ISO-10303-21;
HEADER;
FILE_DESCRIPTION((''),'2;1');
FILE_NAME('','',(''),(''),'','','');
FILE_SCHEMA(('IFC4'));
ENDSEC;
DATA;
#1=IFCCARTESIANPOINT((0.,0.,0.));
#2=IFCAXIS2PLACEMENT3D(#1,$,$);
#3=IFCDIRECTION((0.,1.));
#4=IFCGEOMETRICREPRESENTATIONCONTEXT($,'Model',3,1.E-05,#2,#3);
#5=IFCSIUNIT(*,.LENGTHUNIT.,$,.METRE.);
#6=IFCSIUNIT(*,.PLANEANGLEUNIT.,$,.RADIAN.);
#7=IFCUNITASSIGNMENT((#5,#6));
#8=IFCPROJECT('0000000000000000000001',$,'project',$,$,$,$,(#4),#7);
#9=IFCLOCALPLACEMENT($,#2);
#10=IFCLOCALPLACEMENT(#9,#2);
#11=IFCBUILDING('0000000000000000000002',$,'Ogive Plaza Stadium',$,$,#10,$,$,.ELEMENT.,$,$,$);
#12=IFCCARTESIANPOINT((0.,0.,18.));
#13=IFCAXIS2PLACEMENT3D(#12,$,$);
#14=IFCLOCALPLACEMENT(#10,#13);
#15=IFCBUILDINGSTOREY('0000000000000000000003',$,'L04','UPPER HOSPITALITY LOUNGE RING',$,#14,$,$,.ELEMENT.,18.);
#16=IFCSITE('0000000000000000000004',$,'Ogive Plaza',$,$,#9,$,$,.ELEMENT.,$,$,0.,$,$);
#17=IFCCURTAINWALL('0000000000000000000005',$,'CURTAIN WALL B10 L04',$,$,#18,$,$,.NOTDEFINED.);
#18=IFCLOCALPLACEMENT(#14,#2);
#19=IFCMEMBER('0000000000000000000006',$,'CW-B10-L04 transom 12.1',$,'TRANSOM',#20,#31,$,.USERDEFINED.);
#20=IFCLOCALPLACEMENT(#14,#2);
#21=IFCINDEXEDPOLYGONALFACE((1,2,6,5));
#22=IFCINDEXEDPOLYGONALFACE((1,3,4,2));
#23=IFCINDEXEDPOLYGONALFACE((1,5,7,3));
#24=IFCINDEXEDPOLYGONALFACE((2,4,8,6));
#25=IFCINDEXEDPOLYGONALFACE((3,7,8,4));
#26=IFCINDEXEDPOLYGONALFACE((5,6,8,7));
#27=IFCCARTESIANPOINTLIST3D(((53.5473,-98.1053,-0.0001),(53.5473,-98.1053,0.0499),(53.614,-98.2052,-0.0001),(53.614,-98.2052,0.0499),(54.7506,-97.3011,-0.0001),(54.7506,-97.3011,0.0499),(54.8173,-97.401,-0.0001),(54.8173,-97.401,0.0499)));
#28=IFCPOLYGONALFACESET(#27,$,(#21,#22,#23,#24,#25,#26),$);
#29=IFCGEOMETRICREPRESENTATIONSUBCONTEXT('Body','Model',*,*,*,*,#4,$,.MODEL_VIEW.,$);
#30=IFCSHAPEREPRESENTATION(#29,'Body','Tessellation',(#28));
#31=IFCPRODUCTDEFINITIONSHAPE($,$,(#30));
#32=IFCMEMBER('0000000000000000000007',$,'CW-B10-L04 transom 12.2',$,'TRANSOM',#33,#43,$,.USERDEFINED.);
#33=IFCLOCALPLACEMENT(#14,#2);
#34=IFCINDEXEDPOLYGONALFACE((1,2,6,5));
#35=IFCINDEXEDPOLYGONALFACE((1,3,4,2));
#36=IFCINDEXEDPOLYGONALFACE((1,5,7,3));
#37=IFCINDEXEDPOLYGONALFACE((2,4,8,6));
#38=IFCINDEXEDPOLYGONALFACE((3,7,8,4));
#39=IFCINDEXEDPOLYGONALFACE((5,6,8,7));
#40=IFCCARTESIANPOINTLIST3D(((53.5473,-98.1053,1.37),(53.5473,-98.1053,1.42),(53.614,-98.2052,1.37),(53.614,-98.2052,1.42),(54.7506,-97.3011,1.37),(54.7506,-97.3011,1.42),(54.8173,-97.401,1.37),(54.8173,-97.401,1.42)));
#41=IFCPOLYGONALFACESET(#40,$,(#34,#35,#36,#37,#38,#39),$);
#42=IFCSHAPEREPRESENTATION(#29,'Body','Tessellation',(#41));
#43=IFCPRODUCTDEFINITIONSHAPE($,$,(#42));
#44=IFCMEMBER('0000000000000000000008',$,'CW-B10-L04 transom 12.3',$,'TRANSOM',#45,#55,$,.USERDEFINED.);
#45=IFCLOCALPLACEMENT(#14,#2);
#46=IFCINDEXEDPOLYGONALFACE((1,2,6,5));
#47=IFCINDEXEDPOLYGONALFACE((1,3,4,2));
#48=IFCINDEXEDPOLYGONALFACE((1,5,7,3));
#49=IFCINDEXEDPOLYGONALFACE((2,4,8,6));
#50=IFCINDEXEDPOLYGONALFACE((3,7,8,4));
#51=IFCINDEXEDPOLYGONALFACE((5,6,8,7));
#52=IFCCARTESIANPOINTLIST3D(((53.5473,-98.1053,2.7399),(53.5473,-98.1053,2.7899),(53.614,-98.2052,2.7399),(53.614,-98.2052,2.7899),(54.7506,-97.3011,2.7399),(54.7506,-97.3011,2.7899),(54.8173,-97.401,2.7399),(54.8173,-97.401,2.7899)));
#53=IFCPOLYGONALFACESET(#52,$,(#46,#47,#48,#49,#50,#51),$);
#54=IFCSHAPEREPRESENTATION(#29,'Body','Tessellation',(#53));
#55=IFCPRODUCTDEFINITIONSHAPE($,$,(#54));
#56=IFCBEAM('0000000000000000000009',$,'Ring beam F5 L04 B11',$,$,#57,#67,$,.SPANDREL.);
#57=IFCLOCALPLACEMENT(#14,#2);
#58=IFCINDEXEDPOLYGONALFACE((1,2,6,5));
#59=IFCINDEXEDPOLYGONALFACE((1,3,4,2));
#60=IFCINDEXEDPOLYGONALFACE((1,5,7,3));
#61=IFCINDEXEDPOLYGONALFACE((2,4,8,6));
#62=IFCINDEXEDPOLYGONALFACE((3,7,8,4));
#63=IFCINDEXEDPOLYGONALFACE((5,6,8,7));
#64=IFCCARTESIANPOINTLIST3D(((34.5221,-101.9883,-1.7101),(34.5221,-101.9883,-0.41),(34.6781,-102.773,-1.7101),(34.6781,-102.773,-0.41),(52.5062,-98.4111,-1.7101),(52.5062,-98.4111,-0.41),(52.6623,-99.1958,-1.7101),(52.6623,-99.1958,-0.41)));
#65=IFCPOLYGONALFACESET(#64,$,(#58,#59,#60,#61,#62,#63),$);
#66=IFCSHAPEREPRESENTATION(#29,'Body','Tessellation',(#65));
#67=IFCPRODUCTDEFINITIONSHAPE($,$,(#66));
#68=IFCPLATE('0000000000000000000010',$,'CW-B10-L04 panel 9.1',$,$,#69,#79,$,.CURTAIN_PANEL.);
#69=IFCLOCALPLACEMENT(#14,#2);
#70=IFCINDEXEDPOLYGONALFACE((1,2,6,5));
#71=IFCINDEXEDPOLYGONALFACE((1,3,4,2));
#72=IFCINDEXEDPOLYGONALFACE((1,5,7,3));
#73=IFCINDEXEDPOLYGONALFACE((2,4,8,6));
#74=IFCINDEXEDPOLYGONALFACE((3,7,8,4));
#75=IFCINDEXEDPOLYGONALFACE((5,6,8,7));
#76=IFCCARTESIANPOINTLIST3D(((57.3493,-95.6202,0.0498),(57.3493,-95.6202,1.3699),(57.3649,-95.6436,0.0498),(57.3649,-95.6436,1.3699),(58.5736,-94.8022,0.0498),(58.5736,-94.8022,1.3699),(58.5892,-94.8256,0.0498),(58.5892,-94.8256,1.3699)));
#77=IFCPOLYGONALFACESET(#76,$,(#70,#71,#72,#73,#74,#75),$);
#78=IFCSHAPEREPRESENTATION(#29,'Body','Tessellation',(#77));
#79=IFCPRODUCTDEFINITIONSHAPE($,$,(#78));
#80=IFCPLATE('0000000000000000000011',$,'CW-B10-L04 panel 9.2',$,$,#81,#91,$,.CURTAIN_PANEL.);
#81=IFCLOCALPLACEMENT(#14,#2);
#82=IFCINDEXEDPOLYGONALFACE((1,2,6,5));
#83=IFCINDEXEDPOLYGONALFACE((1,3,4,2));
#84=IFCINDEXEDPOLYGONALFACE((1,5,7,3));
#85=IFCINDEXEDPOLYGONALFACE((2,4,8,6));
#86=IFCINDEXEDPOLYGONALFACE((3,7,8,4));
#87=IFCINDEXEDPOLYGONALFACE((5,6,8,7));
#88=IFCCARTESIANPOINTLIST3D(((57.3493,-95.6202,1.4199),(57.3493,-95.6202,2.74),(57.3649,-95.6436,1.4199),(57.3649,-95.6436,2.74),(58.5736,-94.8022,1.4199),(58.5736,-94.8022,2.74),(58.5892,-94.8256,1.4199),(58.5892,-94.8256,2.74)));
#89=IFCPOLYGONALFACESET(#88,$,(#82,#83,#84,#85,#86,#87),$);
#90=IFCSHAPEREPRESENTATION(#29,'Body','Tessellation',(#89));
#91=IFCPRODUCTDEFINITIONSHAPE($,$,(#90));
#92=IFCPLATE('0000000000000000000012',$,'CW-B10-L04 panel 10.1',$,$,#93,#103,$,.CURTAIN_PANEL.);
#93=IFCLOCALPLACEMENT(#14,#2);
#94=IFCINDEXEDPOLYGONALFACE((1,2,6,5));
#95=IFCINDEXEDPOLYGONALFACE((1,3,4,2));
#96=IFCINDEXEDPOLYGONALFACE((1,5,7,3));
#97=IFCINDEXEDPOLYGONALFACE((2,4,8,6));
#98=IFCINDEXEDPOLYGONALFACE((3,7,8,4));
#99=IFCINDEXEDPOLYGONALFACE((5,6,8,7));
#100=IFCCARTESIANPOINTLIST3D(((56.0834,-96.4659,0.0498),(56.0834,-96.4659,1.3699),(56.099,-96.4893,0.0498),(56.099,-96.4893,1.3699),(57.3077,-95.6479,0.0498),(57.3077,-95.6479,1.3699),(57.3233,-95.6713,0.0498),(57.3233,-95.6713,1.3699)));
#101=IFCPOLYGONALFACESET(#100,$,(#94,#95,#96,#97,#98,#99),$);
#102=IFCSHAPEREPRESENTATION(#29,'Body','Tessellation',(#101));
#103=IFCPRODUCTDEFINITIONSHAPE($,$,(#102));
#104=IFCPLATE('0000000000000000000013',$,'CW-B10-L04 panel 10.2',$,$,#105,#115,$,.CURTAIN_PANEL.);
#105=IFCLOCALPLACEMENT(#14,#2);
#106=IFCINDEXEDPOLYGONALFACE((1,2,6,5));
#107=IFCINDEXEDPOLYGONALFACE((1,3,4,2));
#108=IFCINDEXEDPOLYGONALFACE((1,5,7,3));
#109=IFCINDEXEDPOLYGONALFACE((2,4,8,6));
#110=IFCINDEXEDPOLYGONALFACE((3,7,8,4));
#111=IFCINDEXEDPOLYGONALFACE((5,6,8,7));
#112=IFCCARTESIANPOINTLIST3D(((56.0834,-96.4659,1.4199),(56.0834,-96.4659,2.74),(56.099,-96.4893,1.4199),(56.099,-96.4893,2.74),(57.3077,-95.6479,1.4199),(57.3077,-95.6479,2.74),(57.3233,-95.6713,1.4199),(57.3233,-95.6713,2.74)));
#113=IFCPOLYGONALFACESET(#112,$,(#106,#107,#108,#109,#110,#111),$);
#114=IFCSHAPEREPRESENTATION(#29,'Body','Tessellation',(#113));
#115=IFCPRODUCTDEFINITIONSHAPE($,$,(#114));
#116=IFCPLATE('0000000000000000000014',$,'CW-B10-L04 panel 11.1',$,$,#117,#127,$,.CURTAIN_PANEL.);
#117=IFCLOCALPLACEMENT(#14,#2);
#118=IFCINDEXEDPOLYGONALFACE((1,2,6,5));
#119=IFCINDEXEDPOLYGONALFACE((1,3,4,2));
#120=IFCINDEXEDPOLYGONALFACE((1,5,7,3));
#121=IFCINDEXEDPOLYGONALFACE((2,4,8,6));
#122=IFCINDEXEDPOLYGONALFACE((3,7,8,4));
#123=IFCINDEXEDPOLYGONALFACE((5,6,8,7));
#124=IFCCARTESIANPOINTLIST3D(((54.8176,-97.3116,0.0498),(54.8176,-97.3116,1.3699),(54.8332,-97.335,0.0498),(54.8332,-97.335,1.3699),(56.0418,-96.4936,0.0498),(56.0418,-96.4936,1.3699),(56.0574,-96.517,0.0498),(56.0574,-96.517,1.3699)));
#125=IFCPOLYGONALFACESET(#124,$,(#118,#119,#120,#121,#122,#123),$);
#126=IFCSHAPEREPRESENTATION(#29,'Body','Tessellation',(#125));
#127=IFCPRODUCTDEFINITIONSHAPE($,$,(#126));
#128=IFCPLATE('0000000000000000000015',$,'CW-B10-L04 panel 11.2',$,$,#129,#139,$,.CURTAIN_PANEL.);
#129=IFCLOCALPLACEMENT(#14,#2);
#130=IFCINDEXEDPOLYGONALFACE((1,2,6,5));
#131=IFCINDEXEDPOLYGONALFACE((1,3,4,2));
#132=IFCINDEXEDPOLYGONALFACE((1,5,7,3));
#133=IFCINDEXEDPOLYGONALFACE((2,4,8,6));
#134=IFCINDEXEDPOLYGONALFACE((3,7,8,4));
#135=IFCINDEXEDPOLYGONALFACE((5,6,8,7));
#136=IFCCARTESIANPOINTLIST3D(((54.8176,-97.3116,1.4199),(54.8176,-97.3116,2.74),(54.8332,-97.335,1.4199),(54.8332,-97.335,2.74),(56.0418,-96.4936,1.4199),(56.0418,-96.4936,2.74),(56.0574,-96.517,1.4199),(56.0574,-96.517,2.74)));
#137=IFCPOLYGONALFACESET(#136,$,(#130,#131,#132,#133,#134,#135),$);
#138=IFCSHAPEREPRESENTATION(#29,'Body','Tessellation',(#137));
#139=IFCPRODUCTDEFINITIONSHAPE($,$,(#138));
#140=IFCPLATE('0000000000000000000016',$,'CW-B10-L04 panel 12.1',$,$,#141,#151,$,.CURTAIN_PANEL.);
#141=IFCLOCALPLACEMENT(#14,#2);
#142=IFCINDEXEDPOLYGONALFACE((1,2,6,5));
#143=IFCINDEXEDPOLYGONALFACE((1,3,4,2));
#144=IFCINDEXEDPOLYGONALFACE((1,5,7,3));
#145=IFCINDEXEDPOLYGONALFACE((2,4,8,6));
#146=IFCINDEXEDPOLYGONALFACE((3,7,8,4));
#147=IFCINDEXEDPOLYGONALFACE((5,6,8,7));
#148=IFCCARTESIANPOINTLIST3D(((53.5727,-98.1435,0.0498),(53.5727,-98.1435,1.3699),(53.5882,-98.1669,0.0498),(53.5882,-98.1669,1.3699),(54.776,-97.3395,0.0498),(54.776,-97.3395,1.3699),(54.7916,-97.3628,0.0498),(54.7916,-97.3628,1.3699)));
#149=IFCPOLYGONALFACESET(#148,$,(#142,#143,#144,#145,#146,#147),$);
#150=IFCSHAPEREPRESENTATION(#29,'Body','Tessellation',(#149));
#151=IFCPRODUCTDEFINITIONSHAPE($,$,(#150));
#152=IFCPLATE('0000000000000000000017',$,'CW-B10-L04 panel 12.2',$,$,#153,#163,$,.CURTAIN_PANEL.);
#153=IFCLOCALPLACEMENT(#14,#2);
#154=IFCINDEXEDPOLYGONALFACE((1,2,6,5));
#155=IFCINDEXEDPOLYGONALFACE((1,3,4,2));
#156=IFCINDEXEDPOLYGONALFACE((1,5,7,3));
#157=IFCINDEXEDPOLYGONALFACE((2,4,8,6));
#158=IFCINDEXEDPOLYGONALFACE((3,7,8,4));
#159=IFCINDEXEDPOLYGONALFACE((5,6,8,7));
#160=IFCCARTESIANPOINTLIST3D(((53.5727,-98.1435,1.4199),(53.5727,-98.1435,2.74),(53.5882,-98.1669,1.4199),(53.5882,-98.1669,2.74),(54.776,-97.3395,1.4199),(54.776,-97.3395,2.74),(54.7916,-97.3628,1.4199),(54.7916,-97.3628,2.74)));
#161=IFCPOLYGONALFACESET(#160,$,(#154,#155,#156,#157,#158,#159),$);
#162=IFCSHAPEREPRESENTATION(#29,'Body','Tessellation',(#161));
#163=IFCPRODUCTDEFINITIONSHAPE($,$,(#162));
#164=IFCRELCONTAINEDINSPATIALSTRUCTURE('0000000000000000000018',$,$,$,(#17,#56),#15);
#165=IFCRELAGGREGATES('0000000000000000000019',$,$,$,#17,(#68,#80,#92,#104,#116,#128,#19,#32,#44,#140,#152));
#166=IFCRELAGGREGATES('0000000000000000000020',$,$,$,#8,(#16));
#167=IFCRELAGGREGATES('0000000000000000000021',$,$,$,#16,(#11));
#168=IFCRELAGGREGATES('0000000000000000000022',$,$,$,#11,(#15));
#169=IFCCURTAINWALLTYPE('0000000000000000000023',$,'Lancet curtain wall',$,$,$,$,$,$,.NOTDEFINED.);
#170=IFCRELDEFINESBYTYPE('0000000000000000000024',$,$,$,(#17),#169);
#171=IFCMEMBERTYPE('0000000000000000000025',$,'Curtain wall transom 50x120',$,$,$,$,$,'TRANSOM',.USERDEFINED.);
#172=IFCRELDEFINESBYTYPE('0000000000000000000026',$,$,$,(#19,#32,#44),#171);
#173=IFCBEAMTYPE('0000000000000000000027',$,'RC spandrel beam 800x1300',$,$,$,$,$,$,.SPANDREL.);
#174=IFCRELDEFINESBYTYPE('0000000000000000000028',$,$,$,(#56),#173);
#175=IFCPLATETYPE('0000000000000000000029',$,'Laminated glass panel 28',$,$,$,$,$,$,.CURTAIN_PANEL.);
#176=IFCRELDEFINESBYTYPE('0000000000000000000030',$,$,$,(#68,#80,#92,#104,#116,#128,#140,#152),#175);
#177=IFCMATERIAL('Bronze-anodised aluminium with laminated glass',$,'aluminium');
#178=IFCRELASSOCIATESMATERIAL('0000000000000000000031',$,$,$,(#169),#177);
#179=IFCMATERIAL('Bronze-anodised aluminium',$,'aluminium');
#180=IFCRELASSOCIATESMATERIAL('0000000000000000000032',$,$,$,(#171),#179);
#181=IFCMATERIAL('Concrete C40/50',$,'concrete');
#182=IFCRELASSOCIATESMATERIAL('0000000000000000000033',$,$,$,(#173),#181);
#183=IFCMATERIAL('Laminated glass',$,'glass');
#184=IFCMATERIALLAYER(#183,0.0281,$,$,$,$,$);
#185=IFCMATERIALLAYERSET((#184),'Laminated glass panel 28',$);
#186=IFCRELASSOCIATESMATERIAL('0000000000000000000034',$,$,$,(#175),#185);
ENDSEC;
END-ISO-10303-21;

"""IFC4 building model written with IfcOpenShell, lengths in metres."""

from ifc_helpers import new_model, si_unit, direction, frame, origin, origin_2d, place, context, subcontext, project, spatial, rectangle, extrude, material, layer, layer_set, material_profile, profile_set, type_object, element, aggregate, save


model = new_model("IFC4")

# Units and contexts
model_context = context("Model", 3, precision=1e-05, world=origin(), true_north=direction((0.0, 1.0)))
body_context = subcontext(model_context, "Body", "Model", "MODEL_VIEW")
ifc_project = project(units=[si_unit("LENGTHUNIT", "METRE"), si_unit("PLANEANGLEUNIT", "RADIAN")], contexts=[model_context])

# Site, building, storey
site_placement = place(None, origin())
site = spatial("IfcSite", under=ifc_project, at=site_placement, Name="Ogive Plaza", CompositionType="ELEMENT", RefElevation=0.0)
building_placement = place(site_placement, origin())
building = spatial("IfcBuilding", under=site, at=building_placement, Name="Ogive Plaza Stadium", CompositionType="ELEMENT")
storey_placement = place(building_placement, frame((0.0, 0.0, 18.0)))
storey = spatial("IfcBuildingStorey", under=building, at=storey_placement, Name="L04", Description="UPPER HOSPITALITY LOUNGE RING", CompositionType="ELEMENT", Elevation=18.0)

# Curtain wall
ifc_material_1 = material(Name="Bronze-anodised aluminium with laminated glass", Category="aluminium")
curtain_wall_type = type_object("IfcCurtainWallType", Name="Lancet curtain wall", PredefinedType="NOTDEFINED", material=ifc_material_1)
curtain_wall_1_placement = place(storey_placement, origin())
curtain_wall_1 = element("IfcCurtainWall", 1, at=curtain_wall_1_placement, inside=storey, type_object=curtain_wall_type, Name="CURTAIN WALL B10 L04", PredefinedType="NOTDEFINED")

# Members
ifc_material_2 = material(Name="Bronze-anodised aluminium", Category="aluminium")
ifc_material_profile_1 = material_profile(ifc_material_2, rectangle(XDim=0.1201, YDim=0.05, at=origin_2d()), Name="AL 120x50")
ifc_profile_set_1 = profile_set([ifc_material_profile_1], Name="Bronze-anodised aluminium")
member_type_1 = type_object("IfcMemberType", Name="Curtain wall transom 50x120", ElementType="TRANSOM", PredefinedType="USERDEFINED", material=ifc_profile_set_1)
member_1_placement = place(storey_placement, frame((54.7839, -97.3511, 0.0249), z_axis=(-0.831427, -0.555634, 0.0), x_axis=(0.555634, -0.831427, 0.0)))
member_1 = element("IfcMember", 2, at=member_1_placement, type_object=member_type_1, Name="CW-B10-L04 transom 12.1", ObjectType="TRANSOM", PredefinedType="USERDEFINED", context=body_context, shape_type="SweptSolid", body=[
    extrude(rectangle(XDim=0.1201, YDim=0.05, at=origin_2d()), origin(), (0.0, 0.0, 1.0), 1.4473),
])
member_2_placement = place(storey_placement, frame((54.7839, -97.3511, 1.395), z_axis=(-0.831427, -0.555634, 0.0), x_axis=(0.555634, -0.831427, 0.0)))
member_2 = element("IfcMember", 3, at=member_2_placement, type_object=member_type_1, Name="CW-B10-L04 transom 12.2", ObjectType="TRANSOM", PredefinedType="USERDEFINED", context=body_context, shape_type="SweptSolid", body=[
    extrude(rectangle(XDim=0.1201, YDim=0.05, at=origin_2d()), origin(), (0.0, 0.0, 1.0), 1.4473),
])
member_3_placement = place(storey_placement, frame((54.7839, -97.3511, 2.7649), z_axis=(-0.831427, -0.555634, 0.0), x_axis=(0.555634, -0.831427, 0.0)))
member_3 = element("IfcMember", 4, at=member_3_placement, type_object=member_type_1, Name="CW-B10-L04 transom 12.3", ObjectType="TRANSOM", PredefinedType="USERDEFINED", context=body_context, shape_type="SweptSolid", body=[
    extrude(rectangle(XDim=0.1201, YDim=0.05, at=origin_2d()), origin(), (0.0, 0.0, 1.0), 1.4473),
])

# Beam
ifc_material_3 = material(Name="Concrete C40/50", Category="concrete")
ifc_material_profile_2 = material_profile(ifc_material_3, rectangle(XDim=0.8, YDim=1.3, at=origin_2d()), Name="RC 800x1300")
ifc_profile_set_2 = profile_set([ifc_material_profile_2], Name="Concrete C40/50")
beam_type = type_object("IfcBeamType", Name="RC spandrel beam 800x1300", PredefinedType="SPANDREL", material=ifc_profile_set_2)
beam_placement = place(storey_placement, frame((52.5842, -98.8035, -1.0601), z_axis=(-0.980787, -0.195084, 0.0), x_axis=(0.195084, -0.980787, 0.0)))
element("IfcBeam", 5, at=beam_placement, inside=storey, type_object=beam_type, Name="Ring beam F5 L04 B11", PredefinedType="SPANDREL", context=body_context, shape_type="SweptSolid", body=[
    extrude(rectangle(XDim=0.8, YDim=1.3, at=origin_2d()), origin(), (0.0, 0.0, 1.0), 18.3364),
])

# Plates
ifc_material_4 = material(Name="Laminated glass", Category="glass")
ifc_layer = layer(ifc_material_4, 0.0281)
ifc_layer_set = layer_set([ifc_layer], Name="Laminated glass panel 28")
plate_type = type_object("IfcPlateType", Name="Laminated glass panel 28", PredefinedType="CURTAIN_PANEL", material=ifc_layer_set)
plate_1_placement = place(storey_placement, frame((57.9692, -95.2229, 0.0498), z_axis=(0.0, 0.0, 1.0), x_axis=(-0.83147, -0.55557, 0.0)))
plate_1 = element("IfcPlate", 6, at=plate_1_placement, type_object=plate_type, Name="CW-B10-L04 panel 9.1", PredefinedType="CURTAIN_PANEL", context=body_context, shape_type="SweptSolid", body=[
    extrude(rectangle(XDim=1.4724, YDim=0.0281, at=origin_2d()), origin(), (0.0, 0.0, 1.0), 1.3201),
])
plate_2_placement = place(storey_placement, frame((57.9692, -95.2229, 1.4199), z_axis=(0.0, 0.0, 1.0), x_axis=(-0.83147, -0.55557, 0.0)))
plate_2 = element("IfcPlate", 7, at=plate_2_placement, type_object=plate_type, Name="CW-B10-L04 panel 9.2", PredefinedType="CURTAIN_PANEL", context=body_context, shape_type="SweptSolid", body=[
    extrude(rectangle(XDim=1.4724, YDim=0.0281, at=origin_2d()), origin(), (0.0, 0.0, 1.0), 1.3201),
])
plate_3_placement = place(storey_placement, frame((56.7034, -96.0686, 0.0498), z_axis=(0.0, 0.0, 1.0), x_axis=(-0.83147, -0.55557, 0.0)))
plate_3 = element("IfcPlate", 8, at=plate_3_placement, type_object=plate_type, Name="CW-B10-L04 panel 10.1", PredefinedType="CURTAIN_PANEL", context=body_context, shape_type="SweptSolid", body=[
    extrude(rectangle(XDim=1.4724, YDim=0.0281, at=origin_2d()), origin(), (0.0, 0.0, 1.0), 1.3201),
])
plate_4_placement = place(storey_placement, frame((56.7034, -96.0686, 1.4199), z_axis=(0.0, 0.0, 1.0), x_axis=(-0.83147, -0.55557, 0.0)))
plate_4 = element("IfcPlate", 9, at=plate_4_placement, type_object=plate_type, Name="CW-B10-L04 panel 10.2", PredefinedType="CURTAIN_PANEL", context=body_context, shape_type="SweptSolid", body=[
    extrude(rectangle(XDim=1.4724, YDim=0.0281, at=origin_2d()), origin(), (0.0, 0.0, 1.0), 1.3201),
])
plate_5_placement = place(storey_placement, frame((55.4375, -96.9143, 0.0498), z_axis=(0.0, 0.0, 1.0), x_axis=(-0.83147, -0.55557, 0.0)))
plate_5 = element("IfcPlate", 10, at=plate_5_placement, type_object=plate_type, Name="CW-B10-L04 panel 11.1", PredefinedType="CURTAIN_PANEL", context=body_context, shape_type="SweptSolid", body=[
    extrude(rectangle(XDim=1.4724, YDim=0.0281, at=origin_2d()), origin(), (0.0, 0.0, 1.0), 1.3201),
])
plate_6_placement = place(storey_placement, frame((55.4375, -96.9143, 1.4199), z_axis=(0.0, 0.0, 1.0), x_axis=(-0.83147, -0.55557, 0.0)))
plate_6 = element("IfcPlate", 11, at=plate_6_placement, type_object=plate_type, Name="CW-B10-L04 panel 11.2", PredefinedType="CURTAIN_PANEL", context=body_context, shape_type="SweptSolid", body=[
    extrude(rectangle(XDim=1.4724, YDim=0.0281, at=origin_2d()), origin(), (0.0, 0.0, 1.0), 1.3201),
])
plate_7_placement = place(storey_placement, frame((54.1821, -97.7532, 0.0498), z_axis=(0.0, 0.0, 1.0), x_axis=(-0.83147, -0.55557, 0.0)))
plate_7 = element("IfcPlate", 12, at=plate_7_placement, type_object=plate_type, Name="CW-B10-L04 panel 12.1", PredefinedType="CURTAIN_PANEL", context=body_context, shape_type="SweptSolid", body=[
    extrude(rectangle(XDim=1.4473, YDim=0.0281, at=origin_2d()), origin(), (0.0, 0.0, 1.0), 1.3201),
])
plate_8_placement = place(storey_placement, frame((54.1821, -97.7532, 1.4199), z_axis=(0.0, 0.0, 1.0), x_axis=(-0.83147, -0.55557, 0.0)))
plate_8 = element("IfcPlate", 13, at=plate_8_placement, type_object=plate_type, Name="CW-B10-L04 panel 12.2", PredefinedType="CURTAIN_PANEL", context=body_context, shape_type="SweptSolid", body=[
    extrude(rectangle(XDim=1.4473, YDim=0.0281, at=origin_2d()), origin(), (0.0, 0.0, 1.0), 1.3201),
])
aggregate(curtain_wall_1, [plate_1, plate_2, plate_3, plate_4, plate_5, plate_6, member_1, member_2, member_3, plate_7, plate_8])

save(model, "model.ifc")
